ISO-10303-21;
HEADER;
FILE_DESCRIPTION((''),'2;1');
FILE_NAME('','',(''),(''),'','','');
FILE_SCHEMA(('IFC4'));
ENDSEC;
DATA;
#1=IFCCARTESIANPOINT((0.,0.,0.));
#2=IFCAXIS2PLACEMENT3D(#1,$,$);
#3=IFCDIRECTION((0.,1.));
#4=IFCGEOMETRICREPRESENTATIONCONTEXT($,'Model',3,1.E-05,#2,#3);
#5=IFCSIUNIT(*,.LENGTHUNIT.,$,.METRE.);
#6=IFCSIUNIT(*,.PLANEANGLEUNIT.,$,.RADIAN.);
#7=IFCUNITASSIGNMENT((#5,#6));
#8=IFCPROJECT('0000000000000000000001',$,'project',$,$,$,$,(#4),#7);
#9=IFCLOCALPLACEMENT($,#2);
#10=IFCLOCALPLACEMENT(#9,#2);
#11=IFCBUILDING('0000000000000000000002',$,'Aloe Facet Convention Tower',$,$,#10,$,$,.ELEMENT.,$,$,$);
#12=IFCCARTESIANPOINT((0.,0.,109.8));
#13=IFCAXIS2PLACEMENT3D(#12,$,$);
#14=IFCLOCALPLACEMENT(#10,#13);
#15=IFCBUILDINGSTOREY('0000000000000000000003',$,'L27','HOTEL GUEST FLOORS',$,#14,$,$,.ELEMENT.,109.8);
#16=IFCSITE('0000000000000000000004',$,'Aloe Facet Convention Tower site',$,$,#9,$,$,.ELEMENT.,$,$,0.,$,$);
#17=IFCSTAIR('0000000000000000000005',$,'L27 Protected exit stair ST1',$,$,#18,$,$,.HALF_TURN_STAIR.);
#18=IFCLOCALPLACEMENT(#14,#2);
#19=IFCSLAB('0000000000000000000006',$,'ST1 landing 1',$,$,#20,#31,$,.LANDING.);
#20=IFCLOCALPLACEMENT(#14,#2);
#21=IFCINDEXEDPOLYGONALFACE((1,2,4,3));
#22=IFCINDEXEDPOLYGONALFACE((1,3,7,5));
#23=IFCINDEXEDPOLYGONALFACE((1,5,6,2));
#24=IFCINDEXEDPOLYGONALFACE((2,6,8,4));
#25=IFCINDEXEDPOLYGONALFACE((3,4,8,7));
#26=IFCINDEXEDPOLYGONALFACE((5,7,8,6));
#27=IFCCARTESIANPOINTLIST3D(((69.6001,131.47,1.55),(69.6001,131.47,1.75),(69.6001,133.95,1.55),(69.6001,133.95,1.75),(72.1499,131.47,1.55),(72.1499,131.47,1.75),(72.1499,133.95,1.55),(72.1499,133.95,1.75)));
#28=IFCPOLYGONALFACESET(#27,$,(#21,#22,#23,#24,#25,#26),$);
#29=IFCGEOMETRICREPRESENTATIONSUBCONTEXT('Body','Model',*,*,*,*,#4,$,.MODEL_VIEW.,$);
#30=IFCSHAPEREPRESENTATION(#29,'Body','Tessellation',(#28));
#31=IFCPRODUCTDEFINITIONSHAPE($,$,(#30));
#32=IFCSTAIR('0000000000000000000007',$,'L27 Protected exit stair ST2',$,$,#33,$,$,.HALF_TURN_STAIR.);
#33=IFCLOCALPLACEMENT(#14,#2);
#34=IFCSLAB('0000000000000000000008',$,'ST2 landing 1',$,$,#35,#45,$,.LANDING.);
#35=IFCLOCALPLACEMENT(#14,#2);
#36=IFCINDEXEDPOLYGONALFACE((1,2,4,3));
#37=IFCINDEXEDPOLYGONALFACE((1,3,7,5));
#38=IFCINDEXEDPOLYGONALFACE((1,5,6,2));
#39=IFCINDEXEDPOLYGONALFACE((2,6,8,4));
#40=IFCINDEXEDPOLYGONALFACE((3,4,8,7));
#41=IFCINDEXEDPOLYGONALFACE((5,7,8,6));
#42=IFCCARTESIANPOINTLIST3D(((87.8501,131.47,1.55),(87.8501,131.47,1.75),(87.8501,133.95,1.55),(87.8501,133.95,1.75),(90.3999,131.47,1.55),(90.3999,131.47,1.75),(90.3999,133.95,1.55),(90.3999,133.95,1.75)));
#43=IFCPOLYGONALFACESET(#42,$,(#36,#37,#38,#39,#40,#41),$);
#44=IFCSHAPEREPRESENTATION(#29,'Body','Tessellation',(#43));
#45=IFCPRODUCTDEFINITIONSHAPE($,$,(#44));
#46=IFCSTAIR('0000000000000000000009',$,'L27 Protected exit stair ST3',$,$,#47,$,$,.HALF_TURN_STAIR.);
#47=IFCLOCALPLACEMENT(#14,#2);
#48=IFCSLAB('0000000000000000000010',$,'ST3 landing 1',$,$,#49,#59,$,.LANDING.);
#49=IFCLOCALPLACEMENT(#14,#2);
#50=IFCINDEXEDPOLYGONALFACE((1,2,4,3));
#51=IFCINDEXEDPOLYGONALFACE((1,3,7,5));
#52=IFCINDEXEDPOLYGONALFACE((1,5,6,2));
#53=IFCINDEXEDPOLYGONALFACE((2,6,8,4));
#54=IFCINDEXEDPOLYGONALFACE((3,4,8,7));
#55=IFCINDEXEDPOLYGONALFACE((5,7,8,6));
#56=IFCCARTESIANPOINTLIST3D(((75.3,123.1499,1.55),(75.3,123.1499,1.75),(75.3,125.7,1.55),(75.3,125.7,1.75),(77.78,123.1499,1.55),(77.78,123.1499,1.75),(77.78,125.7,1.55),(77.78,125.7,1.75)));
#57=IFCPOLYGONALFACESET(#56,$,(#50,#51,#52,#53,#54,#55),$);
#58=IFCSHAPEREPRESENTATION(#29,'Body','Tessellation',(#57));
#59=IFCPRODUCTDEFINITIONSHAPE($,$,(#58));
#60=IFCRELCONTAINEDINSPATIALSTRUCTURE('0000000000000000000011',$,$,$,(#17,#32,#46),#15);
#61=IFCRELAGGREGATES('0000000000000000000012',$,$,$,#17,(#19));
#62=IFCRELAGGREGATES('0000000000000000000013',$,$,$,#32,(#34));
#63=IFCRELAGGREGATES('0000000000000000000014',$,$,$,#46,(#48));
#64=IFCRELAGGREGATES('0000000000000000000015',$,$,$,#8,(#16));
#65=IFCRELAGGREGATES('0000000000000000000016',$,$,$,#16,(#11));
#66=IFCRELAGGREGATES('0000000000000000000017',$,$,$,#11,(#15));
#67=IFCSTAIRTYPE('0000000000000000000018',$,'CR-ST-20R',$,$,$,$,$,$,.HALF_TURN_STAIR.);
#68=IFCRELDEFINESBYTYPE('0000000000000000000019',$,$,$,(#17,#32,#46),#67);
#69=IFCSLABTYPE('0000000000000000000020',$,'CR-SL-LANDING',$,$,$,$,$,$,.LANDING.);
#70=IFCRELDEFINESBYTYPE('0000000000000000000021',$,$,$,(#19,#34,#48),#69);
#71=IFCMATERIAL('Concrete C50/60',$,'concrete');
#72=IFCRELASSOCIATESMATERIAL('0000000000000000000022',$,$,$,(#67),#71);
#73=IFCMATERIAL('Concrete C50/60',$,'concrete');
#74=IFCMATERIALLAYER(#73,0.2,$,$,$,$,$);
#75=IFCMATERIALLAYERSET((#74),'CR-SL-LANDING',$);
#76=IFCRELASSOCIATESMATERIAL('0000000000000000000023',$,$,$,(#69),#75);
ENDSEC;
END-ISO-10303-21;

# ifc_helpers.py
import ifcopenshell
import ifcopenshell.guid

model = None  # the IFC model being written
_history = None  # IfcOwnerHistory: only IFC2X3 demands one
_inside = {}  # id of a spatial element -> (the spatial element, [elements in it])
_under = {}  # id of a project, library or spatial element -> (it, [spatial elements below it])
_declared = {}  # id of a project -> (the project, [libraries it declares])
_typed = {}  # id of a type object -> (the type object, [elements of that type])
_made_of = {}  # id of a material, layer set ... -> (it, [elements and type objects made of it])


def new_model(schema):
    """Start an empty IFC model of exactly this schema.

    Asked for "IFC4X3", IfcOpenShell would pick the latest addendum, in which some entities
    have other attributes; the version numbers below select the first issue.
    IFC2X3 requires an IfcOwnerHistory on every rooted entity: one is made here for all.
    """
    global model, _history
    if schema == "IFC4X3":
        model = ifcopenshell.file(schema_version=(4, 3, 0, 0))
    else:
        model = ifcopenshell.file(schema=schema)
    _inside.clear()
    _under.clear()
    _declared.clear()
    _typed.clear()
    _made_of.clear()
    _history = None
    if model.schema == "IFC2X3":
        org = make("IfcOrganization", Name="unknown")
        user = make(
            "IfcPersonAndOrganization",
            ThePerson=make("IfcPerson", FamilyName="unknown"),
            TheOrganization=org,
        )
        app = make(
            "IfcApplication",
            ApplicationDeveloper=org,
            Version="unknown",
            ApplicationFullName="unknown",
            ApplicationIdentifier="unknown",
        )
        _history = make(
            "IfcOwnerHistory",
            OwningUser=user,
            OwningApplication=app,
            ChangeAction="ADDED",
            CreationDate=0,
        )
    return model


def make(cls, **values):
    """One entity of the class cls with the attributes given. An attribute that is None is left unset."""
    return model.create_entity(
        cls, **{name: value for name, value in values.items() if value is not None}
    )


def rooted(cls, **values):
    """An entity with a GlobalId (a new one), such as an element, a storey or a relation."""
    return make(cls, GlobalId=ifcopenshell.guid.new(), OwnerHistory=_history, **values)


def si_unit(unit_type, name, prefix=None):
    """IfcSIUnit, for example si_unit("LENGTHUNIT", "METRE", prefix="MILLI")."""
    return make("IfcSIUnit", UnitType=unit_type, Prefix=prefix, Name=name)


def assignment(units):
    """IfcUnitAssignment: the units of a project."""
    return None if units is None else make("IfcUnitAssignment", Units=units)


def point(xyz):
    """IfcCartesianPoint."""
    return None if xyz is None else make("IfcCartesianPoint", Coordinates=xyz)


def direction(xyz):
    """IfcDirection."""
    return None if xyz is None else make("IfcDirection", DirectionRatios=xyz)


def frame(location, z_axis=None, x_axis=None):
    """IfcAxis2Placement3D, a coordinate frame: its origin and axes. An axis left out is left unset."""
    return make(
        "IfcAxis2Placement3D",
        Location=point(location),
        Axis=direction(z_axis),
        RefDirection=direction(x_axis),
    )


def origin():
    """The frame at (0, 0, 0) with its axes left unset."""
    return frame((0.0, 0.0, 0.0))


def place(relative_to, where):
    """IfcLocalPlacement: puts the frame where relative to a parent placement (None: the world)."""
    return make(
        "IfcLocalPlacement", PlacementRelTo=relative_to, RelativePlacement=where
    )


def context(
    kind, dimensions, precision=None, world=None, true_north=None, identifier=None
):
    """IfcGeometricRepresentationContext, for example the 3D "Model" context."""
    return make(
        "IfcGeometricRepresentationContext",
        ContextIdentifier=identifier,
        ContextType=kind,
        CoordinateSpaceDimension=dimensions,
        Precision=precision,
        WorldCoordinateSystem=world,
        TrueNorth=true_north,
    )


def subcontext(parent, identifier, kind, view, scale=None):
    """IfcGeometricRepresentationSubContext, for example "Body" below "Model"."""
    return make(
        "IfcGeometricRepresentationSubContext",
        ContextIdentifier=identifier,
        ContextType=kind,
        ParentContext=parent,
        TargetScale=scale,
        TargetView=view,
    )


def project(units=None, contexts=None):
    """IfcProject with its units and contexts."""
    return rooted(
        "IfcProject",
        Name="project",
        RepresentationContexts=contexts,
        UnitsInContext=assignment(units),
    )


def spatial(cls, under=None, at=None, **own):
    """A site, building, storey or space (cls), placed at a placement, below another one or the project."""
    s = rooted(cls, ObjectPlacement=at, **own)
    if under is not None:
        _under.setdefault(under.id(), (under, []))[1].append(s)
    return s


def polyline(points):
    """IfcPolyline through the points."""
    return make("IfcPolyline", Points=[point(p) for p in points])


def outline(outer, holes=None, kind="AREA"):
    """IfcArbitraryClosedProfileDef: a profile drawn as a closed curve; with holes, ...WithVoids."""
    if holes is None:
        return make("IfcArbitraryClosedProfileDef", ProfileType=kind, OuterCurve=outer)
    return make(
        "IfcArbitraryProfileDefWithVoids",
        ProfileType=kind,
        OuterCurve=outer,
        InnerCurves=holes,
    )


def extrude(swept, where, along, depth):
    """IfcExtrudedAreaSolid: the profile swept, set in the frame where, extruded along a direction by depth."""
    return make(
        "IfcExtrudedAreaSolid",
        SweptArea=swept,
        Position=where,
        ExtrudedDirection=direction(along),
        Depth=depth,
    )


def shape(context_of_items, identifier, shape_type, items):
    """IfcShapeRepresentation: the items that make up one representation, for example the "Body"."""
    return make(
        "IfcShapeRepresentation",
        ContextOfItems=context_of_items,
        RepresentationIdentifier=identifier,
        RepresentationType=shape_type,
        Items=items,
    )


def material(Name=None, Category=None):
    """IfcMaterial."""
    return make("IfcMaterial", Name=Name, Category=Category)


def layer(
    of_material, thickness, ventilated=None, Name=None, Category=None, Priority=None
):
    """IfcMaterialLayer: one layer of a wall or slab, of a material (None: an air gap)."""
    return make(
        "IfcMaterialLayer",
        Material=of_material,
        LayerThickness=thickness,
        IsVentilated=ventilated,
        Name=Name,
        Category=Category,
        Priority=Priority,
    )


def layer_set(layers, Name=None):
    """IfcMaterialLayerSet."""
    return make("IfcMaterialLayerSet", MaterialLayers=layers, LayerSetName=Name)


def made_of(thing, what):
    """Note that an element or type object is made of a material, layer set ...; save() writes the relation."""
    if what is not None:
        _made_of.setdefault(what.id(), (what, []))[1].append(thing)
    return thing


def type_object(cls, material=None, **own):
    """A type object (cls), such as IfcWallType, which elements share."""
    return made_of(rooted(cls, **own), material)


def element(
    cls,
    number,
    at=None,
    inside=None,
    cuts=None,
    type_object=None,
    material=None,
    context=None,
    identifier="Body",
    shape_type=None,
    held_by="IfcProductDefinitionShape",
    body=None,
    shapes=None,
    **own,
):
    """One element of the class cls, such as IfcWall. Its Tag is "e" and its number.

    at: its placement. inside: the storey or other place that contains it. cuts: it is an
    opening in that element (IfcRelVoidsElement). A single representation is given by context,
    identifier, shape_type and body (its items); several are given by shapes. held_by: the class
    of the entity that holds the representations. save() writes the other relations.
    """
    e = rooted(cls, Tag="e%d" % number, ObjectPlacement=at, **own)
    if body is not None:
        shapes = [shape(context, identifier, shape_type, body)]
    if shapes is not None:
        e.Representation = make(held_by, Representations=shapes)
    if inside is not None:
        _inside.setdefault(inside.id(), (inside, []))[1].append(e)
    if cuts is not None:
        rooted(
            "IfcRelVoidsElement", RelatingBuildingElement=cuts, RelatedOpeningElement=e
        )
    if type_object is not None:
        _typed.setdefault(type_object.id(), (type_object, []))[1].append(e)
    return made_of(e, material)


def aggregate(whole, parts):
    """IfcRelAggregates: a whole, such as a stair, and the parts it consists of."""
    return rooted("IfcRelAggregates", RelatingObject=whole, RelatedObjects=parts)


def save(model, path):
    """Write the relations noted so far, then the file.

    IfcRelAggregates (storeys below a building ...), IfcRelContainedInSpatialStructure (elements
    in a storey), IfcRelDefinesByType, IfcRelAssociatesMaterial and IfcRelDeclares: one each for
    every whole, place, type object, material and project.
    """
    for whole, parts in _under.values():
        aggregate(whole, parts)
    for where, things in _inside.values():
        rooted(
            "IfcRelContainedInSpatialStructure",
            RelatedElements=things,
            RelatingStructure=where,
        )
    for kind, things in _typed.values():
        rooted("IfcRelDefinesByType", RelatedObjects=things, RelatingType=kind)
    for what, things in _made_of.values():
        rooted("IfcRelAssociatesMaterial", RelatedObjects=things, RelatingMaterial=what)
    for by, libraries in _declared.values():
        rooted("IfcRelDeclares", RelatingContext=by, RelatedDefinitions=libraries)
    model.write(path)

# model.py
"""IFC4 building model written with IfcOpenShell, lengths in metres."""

from ifc_helpers import new_model, si_unit, direction, frame, origin, place, context, subcontext, project, spatial, polyline, outline, extrude, material, layer, layer_set, type_object, element, aggregate, save


model = new_model("IFC4")

# Units and contexts
model_context = context("Model", 3, precision=1e-05, world=origin(), true_north=direction((0.0, 1.0)))
body_context = subcontext(model_context, "Body", "Model", "MODEL_VIEW")
ifc_project = project(units=[si_unit("LENGTHUNIT", "METRE"), si_unit("PLANEANGLEUNIT", "RADIAN")], contexts=[model_context])

# Site, building, storey
site_placement = place(None, origin())
site = spatial("IfcSite", under=ifc_project, at=site_placement, Name="Aloe Facet Convention Tower site", CompositionType="ELEMENT", RefElevation=0.0)
building_placement = place(site_placement, origin())
building = spatial("IfcBuilding", under=site, at=building_placement, Name="Aloe Facet Convention Tower", CompositionType="ELEMENT")
storey_placement = place(building_placement, frame((0.0, 0.0, 109.8)))
storey = spatial("IfcBuildingStorey", under=building, at=storey_placement, Name="L27", Description="HOTEL GUEST FLOORS", CompositionType="ELEMENT", Elevation=109.8)

# Stairs, slabs
ifc_material_1 = material(Name="Concrete C50/60", Category="concrete")
stair_type = type_object("IfcStairType", Name="CR-ST-20R", PredefinedType="HALF_TURN_STAIR", material=ifc_material_1)
stair_1_placement = place(storey_placement, origin())
stair_1 = element("IfcStair", 1, at=stair_1_placement, inside=storey, type_object=stair_type, Name="L27 Protected exit stair ST1", PredefinedType="HALF_TURN_STAIR")
ifc_material_2 = material(Name="Concrete C50/60", Category="concrete")
ifc_layer_1 = layer(ifc_material_2, 0.2)
ifc_layer_set_1 = layer_set([ifc_layer_1], Name="CR-SL-LANDING")
slab_type_1 = type_object("IfcSlabType", Name="CR-SL-LANDING", PredefinedType="LANDING", material=ifc_layer_set_1)
slab_1_placement = place(storey_placement, frame((0.0, 0.0, 1.55)))
slab_1 = element("IfcSlab", 2, at=slab_1_placement, type_object=slab_type_1, Name="ST1 landing 1", PredefinedType="LANDING", context=body_context, shape_type="SweptSolid", body=[
    extrude(outline(polyline([(72.1499, 131.47), (72.1499, 133.95), (69.6001, 133.95), (69.6001, 131.47), (72.1499, 131.47)])), origin(), (0.0, 0.0, 1.0), 0.2),
])
aggregate(stair_1, [slab_1])
stair_2_placement = place(storey_placement, origin())
stair_2 = element("IfcStair", 3, at=stair_2_placement, inside=storey, type_object=stair_type, Name="L27 Protected exit stair ST2", PredefinedType="HALF_TURN_STAIR")
slab_2_placement = place(storey_placement, frame((0.0, 0.0, 1.55)))
slab_2 = element("IfcSlab", 4, at=slab_2_placement, type_object=slab_type_1, Name="ST2 landing 1", PredefinedType="LANDING", context=body_context, shape_type="SweptSolid", body=[
    extrude(outline(polyline([(90.3999, 131.47), (90.3999, 133.95), (87.8501, 133.95), (87.8501, 131.47), (90.3999, 131.47)])), origin(), (0.0, 0.0, 1.0), 0.2),
])
aggregate(stair_2, [slab_2])
stair_3_placement = place(storey_placement, origin())
stair_3 = element("IfcStair", 5, at=stair_3_placement, inside=storey, type_object=stair_type, Name="L27 Protected exit stair ST3", PredefinedType="HALF_TURN_STAIR")
slab_3_placement = place(storey_placement, frame((0.0, 0.0, 1.55)))
slab_3 = element("IfcSlab", 6, at=slab_3_placement, type_object=slab_type_1, Name="ST3 landing 1", PredefinedType="LANDING", context=body_context, shape_type="SweptSolid", body=[
    extrude(outline(polyline([(77.78, 125.7), (75.3, 125.7), (75.3, 123.1499), (77.78, 123.1499), (77.78, 125.7)])), origin(), (0.0, 0.0, 1.0), 0.2),
])
aggregate(stair_3, [slab_3])

save(model, "model.ifc")
